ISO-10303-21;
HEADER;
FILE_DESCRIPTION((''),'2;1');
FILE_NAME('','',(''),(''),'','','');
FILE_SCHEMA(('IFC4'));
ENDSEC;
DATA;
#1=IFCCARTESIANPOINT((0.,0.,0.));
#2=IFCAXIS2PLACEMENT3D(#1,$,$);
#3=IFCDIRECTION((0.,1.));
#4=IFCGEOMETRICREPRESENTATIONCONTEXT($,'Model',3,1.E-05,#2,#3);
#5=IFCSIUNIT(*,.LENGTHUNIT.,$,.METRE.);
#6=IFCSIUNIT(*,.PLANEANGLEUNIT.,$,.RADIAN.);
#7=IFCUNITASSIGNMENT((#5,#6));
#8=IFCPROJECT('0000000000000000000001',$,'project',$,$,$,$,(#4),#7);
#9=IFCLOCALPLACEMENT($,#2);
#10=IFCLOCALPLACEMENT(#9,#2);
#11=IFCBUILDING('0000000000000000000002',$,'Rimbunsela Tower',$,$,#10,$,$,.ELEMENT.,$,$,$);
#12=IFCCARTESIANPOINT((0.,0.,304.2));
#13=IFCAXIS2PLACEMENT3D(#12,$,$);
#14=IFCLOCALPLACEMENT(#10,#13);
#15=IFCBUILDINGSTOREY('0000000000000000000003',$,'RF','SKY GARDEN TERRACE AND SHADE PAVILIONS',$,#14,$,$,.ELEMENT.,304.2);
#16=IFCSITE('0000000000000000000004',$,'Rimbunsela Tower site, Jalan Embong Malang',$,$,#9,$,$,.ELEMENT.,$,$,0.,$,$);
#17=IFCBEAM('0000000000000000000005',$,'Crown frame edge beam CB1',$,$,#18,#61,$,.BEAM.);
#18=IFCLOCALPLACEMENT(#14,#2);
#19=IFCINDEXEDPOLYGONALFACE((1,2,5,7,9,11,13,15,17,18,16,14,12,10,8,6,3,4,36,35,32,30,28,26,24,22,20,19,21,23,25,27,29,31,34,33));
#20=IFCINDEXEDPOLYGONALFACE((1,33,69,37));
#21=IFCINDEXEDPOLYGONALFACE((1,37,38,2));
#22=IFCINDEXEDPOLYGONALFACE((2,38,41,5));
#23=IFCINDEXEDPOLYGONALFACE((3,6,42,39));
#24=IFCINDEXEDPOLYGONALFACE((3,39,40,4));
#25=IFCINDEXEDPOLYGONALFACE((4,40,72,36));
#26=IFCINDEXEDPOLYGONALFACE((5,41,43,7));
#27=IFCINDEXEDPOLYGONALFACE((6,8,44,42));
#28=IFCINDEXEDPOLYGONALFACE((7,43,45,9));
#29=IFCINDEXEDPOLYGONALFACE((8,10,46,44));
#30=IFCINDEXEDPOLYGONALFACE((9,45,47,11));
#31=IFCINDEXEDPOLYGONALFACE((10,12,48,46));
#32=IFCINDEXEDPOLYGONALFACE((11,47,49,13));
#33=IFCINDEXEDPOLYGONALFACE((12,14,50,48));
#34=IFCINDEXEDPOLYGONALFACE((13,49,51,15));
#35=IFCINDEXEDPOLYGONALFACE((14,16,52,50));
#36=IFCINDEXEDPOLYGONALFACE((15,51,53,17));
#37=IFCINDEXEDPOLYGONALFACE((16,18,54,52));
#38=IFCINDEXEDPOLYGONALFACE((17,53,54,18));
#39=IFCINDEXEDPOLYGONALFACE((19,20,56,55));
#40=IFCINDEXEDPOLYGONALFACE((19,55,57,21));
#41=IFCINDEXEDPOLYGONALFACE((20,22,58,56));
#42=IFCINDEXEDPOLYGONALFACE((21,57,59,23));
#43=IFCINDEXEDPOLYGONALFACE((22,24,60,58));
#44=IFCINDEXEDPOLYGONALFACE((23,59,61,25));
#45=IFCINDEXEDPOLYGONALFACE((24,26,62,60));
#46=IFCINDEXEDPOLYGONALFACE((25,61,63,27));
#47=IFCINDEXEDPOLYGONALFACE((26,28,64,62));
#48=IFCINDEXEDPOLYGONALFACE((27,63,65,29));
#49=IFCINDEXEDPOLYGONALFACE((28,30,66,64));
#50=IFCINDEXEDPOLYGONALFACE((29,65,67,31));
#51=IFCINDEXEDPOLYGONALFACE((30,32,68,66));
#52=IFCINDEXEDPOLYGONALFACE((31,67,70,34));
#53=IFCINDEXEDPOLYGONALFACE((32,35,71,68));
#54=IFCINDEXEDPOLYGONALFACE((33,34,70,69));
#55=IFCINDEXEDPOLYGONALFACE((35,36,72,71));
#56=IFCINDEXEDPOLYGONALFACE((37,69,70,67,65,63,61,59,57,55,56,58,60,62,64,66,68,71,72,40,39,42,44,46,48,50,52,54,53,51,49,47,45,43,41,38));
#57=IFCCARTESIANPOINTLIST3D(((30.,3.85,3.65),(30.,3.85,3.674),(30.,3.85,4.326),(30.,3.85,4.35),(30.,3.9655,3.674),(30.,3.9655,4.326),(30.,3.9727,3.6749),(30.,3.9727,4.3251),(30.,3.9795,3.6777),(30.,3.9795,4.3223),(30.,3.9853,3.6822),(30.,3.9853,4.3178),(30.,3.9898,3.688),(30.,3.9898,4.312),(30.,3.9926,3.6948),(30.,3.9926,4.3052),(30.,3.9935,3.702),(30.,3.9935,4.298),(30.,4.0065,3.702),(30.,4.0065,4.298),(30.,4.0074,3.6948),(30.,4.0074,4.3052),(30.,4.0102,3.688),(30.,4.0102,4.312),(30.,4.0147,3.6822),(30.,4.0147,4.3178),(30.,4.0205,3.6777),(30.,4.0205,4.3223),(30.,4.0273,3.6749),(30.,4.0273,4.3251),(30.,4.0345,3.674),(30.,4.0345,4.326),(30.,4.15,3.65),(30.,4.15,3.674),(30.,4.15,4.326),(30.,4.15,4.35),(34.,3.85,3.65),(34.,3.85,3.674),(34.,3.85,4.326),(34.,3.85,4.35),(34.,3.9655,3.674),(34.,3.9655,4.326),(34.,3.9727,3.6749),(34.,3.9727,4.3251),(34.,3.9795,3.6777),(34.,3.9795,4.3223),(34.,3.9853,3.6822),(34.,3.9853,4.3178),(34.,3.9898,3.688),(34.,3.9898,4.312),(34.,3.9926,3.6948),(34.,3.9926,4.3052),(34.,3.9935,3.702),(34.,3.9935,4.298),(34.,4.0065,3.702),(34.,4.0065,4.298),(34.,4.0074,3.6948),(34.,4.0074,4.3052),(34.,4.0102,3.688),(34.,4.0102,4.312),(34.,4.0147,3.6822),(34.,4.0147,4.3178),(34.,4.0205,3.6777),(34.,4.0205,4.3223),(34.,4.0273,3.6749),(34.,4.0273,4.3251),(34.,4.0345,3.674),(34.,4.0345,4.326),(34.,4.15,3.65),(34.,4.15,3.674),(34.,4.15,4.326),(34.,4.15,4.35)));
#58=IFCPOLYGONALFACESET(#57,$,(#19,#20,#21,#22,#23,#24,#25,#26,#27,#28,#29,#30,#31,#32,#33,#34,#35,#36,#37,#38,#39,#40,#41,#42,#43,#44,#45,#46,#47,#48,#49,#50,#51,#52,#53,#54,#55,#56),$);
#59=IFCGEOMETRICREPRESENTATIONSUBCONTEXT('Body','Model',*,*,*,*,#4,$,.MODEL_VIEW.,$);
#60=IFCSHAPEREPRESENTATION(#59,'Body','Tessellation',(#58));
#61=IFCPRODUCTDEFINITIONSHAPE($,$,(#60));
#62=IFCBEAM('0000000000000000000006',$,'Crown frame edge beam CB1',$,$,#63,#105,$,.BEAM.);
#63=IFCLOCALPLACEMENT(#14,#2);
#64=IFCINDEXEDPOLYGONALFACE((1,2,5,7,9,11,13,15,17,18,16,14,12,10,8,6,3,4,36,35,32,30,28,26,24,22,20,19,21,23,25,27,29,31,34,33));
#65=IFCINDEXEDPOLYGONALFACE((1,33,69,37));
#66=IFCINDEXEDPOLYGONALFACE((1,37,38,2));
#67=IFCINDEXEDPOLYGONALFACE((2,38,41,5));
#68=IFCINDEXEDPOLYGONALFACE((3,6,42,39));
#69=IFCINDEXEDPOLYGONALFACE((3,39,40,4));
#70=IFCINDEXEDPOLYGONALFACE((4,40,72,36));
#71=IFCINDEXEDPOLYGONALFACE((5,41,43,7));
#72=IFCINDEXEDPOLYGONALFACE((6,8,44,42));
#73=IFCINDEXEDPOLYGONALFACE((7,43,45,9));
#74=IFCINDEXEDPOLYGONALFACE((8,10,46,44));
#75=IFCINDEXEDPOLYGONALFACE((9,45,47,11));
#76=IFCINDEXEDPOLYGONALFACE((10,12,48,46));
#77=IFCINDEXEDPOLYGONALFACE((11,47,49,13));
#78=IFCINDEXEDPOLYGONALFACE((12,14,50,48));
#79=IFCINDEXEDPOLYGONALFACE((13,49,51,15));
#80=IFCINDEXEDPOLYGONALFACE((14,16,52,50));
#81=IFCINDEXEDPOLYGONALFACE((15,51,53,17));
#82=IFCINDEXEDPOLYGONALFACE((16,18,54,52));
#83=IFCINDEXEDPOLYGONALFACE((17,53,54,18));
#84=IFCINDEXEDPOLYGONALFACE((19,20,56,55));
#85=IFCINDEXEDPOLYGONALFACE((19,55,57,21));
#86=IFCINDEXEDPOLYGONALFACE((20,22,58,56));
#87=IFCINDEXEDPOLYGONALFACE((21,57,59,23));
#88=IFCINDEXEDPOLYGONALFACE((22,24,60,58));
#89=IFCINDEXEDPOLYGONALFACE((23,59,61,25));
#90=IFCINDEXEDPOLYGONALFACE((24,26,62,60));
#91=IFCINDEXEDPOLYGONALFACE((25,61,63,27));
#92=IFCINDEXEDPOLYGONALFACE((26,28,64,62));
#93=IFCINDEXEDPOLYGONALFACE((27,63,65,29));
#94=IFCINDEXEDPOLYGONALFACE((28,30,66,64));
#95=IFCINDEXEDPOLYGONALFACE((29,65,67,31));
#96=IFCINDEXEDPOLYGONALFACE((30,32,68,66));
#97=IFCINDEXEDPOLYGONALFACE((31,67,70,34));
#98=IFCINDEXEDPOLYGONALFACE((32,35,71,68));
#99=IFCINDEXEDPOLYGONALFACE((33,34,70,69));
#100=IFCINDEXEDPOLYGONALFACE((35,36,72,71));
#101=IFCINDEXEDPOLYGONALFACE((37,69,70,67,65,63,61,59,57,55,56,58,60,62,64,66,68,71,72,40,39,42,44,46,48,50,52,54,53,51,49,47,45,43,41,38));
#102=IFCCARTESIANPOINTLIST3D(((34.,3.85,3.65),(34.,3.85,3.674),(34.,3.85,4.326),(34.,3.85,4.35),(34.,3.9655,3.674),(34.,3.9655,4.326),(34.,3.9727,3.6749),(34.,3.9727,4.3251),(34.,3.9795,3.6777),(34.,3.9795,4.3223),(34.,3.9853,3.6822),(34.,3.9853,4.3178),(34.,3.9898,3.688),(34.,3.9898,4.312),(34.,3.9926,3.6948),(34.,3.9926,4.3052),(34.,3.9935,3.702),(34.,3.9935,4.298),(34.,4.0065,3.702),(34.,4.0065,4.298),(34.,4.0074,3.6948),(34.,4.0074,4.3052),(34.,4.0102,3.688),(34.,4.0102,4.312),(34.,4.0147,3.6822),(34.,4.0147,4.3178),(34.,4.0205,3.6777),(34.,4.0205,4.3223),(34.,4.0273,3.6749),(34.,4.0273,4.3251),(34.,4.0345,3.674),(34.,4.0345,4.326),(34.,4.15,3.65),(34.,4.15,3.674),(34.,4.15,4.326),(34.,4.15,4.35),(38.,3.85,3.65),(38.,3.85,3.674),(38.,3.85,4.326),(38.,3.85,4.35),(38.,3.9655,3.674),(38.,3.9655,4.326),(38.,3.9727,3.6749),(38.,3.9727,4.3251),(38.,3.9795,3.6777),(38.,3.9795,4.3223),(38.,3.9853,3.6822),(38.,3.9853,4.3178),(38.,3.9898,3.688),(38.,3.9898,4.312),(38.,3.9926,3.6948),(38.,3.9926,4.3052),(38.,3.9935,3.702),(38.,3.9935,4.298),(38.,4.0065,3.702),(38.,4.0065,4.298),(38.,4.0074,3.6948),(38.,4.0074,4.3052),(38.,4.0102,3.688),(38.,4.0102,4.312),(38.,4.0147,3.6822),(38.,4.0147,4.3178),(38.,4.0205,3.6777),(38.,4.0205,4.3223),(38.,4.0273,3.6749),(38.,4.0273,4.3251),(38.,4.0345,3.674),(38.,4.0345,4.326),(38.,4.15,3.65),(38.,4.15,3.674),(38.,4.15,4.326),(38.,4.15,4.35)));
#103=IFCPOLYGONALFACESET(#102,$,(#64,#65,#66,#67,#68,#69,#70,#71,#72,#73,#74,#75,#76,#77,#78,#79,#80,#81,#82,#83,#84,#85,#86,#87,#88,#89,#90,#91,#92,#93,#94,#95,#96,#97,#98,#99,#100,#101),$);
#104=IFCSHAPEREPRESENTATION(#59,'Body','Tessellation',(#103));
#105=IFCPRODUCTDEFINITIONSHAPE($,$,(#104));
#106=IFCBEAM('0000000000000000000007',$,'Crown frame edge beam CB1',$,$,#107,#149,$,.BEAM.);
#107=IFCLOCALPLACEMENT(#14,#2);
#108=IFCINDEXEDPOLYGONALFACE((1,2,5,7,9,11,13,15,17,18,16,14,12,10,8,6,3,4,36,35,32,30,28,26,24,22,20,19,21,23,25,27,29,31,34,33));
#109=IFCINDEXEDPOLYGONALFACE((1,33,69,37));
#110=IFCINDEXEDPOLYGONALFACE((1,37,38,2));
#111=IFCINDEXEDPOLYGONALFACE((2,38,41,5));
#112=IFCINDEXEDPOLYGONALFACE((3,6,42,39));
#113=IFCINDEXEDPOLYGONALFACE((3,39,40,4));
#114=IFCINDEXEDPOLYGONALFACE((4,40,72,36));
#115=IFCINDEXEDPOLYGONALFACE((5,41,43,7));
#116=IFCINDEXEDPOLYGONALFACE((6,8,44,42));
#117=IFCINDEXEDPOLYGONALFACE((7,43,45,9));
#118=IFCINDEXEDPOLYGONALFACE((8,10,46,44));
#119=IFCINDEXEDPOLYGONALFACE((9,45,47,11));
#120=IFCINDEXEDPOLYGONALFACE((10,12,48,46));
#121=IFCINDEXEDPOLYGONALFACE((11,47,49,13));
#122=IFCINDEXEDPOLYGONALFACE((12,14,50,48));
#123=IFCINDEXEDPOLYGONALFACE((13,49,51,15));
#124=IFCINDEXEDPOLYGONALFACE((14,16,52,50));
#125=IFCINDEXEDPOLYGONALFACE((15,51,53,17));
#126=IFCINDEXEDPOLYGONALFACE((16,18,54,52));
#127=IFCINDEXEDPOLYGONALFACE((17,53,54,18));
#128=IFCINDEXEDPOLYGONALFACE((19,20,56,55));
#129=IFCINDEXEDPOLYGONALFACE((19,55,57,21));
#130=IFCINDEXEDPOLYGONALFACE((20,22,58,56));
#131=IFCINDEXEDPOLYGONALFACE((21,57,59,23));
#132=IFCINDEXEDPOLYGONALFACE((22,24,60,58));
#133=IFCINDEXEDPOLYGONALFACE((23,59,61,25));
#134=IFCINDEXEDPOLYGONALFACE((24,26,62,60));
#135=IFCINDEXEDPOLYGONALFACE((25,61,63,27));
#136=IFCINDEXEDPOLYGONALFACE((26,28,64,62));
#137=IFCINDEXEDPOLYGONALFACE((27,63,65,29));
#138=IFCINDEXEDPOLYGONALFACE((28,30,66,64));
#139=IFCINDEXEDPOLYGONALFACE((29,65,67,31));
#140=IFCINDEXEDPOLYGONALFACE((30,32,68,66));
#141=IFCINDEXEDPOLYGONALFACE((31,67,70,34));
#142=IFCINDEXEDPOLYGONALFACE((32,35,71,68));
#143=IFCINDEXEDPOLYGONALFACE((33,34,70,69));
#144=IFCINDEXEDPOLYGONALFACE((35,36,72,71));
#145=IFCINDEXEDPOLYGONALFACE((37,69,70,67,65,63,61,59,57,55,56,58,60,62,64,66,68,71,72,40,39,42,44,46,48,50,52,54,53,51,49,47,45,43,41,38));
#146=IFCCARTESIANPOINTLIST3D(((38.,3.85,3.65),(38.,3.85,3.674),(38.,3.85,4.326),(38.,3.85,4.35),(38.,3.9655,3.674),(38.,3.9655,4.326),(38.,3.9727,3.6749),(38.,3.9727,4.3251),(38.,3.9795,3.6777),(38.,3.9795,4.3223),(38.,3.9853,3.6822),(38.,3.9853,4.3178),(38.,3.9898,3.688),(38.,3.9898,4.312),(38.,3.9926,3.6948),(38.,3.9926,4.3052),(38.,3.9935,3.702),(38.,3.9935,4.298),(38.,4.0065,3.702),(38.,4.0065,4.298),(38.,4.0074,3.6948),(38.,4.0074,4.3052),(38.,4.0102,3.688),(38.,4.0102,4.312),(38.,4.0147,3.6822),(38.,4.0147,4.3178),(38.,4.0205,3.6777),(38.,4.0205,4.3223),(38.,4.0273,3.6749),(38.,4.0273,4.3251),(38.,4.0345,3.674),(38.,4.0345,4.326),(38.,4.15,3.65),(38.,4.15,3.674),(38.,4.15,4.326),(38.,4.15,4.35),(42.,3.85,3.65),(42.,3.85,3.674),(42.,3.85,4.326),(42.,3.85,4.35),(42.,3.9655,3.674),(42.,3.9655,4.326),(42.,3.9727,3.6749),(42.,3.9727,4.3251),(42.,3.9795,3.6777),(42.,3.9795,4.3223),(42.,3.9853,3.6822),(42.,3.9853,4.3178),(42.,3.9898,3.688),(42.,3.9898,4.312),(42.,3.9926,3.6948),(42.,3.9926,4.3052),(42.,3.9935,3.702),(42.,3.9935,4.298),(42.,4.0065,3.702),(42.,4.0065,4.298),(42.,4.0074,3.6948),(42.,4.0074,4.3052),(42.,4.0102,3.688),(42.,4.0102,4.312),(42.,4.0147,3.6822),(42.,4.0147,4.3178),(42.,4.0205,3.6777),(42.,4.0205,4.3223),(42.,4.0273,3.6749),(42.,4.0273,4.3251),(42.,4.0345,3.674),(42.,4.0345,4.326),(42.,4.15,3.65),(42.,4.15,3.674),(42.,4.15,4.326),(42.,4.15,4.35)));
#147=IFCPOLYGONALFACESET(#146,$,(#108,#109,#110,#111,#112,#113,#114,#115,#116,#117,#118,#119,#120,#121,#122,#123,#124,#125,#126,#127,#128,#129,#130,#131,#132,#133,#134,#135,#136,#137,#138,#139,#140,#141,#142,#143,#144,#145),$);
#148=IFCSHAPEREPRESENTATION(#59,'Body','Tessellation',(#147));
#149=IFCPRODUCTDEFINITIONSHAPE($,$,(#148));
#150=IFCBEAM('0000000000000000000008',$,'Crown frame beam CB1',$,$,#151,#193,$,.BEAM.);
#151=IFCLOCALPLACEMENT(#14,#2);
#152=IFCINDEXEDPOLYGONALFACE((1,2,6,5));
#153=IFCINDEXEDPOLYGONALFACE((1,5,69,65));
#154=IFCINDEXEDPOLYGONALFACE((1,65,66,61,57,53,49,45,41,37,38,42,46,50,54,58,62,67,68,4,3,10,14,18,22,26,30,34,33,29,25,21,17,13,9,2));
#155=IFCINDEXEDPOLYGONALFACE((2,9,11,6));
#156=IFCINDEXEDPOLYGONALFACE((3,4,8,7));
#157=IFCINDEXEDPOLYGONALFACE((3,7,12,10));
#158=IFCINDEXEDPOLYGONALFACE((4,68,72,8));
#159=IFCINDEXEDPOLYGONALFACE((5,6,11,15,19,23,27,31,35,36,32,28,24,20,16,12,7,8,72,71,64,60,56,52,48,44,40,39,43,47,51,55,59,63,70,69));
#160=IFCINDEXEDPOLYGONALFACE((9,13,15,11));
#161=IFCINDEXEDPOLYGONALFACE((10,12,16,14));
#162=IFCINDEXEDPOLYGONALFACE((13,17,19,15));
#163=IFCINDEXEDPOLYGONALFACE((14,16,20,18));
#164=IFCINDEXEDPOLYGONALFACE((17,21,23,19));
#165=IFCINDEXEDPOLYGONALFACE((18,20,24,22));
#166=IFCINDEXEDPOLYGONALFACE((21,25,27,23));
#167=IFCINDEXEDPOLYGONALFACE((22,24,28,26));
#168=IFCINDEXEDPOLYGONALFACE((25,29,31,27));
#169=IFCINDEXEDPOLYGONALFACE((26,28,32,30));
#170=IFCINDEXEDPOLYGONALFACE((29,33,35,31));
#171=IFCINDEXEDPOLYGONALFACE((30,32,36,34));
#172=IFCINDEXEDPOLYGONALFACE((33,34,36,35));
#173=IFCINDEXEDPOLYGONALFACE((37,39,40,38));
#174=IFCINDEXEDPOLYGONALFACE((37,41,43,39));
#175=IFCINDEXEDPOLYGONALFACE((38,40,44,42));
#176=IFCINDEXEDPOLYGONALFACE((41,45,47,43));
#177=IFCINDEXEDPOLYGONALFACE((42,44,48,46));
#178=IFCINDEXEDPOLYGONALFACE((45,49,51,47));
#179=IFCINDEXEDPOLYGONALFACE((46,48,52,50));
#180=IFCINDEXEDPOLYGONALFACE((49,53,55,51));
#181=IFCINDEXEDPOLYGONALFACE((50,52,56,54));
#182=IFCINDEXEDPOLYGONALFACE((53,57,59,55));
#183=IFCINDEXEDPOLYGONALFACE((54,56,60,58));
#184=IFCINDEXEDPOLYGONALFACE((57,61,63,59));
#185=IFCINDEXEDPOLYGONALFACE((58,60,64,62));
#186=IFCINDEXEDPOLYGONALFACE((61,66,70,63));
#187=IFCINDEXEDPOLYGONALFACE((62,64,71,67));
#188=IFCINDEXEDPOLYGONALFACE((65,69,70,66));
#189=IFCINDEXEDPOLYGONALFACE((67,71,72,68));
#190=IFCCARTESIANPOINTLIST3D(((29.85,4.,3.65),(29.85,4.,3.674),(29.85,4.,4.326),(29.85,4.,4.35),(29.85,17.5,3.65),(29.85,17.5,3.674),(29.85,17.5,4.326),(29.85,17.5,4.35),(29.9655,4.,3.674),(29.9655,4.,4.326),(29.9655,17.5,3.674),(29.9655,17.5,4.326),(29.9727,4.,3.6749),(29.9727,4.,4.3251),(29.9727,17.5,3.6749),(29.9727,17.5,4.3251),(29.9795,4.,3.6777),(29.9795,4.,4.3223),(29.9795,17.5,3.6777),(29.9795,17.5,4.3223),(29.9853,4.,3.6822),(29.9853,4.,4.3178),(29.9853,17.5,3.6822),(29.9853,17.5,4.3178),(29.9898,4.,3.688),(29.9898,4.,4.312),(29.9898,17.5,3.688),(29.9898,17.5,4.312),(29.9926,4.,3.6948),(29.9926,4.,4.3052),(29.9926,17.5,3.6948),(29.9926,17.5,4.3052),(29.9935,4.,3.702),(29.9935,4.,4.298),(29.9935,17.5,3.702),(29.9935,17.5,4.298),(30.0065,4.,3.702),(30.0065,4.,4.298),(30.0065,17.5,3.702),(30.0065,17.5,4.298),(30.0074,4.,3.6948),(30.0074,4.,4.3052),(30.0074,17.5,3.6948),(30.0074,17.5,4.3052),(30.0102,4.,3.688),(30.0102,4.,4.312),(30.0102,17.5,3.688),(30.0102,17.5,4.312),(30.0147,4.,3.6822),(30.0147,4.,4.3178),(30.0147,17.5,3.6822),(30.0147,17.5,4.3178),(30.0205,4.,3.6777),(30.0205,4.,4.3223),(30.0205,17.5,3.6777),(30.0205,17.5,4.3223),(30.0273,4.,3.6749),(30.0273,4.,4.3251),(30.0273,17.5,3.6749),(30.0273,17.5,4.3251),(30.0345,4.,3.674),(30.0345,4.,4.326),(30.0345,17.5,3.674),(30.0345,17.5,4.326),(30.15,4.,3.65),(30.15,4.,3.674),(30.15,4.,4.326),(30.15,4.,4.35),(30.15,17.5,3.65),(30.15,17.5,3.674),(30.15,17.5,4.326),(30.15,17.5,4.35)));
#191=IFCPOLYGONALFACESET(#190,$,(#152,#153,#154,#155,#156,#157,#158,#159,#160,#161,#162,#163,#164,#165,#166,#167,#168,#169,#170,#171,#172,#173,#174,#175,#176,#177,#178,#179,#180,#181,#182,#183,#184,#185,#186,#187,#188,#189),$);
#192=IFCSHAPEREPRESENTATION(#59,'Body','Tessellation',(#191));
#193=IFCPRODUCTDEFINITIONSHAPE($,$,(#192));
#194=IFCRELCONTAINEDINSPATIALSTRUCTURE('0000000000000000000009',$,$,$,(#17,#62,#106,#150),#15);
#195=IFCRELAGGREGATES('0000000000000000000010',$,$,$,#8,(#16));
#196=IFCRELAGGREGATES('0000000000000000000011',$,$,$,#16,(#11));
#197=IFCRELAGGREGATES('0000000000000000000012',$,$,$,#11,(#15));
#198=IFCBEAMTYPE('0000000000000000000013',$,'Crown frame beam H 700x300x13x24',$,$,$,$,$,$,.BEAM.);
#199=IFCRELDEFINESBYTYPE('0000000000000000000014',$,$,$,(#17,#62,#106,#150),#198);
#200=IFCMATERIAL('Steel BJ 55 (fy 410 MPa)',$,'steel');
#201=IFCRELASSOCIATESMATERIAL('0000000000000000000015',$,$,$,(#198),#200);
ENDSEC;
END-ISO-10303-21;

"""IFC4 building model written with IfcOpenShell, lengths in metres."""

from ifc_helpers import new_model, si_unit, direction, frame, origin, origin_2d, place, context, subcontext, project, spatial, i_section, extrude, material, material_profile, profile_set, type_object, element, save


model = new_model("IFC4")

# Units and contexts
model_context = context("Model", 3, precision=1e-05, world=origin(), true_north=direction((0.0, 1.0)))
body_context = subcontext(model_context, "Body", "Model", "MODEL_VIEW")
ifc_project = project(units=[si_unit("LENGTHUNIT", "METRE"), si_unit("PLANEANGLEUNIT", "RADIAN")], contexts=[model_context])

# Site, building, storey
site_placement = place(None, origin())
site = spatial("IfcSite", under=ifc_project, at=site_placement, Name="Rimbunsela Tower site, Jalan Embong Malang", CompositionType="ELEMENT", RefElevation=0.0)
building_placement = place(site_placement, origin())
building = spatial("IfcBuilding", under=site, at=building_placement, Name="Rimbunsela Tower", CompositionType="ELEMENT")
storey_placement = place(building_placement, frame((0.0, 0.0, 304.2)))
storey = spatial("IfcBuildingStorey", under=building, at=storey_placement, Name="RF", Description="SKY GARDEN TERRACE AND SHADE PAVILIONS", CompositionType="ELEMENT", Elevation=304.2)

# Beams
ifc_material_1 = material(Name="Steel BJ 55 (fy 410 MPa)", Category="steel")
ifc_material_profile_1 = material_profile(ifc_material_1, i_section(OverallWidth=0.3, OverallDepth=0.7, WebThickness=0.0129, FlangeThickness=0.0239, FilletRadius=0.0281, at=origin_2d()), Name="H 700x300x13x24")
ifc_profile_set_1 = profile_set([ifc_material_profile_1], Name="Steel BJ 55 (fy 410 MPa)")
beam_type_1 = type_object("IfcBeamType", Name="Crown frame beam H 700x300x13x24", PredefinedType="BEAM", material=ifc_profile_set_1)
for number, where, z_axis, x_axis, name in (
    (1, (30.0, 4.0, 4.0), (1.0, 0.0, 0.0), (0.0, 1.0, 0.0), "Crown frame edge beam CB1"),
    (2, (34.0, 4.0, 4.0), (1.0, 0.0, 0.0), (0.0, 1.0, 0.0), "Crown frame edge beam CB1"),
    (3, (38.0, 4.0, 4.0), (1.0, 0.0, 0.0), (0.0, 1.0, 0.0), "Crown frame edge beam CB1"),
):
    element("IfcBeam", number, at=place(storey_placement, frame(where, z_axis=z_axis, x_axis=x_axis)), inside=storey, type_object=beam_type_1, Name=name, PredefinedType="BEAM", context=body_context, shape_type="SweptSolid", body=[
        extrude(i_section(OverallWidth=0.3, OverallDepth=0.7, WebThickness=0.0129, FlangeThickness=0.0239, FilletRadius=0.0281, at=origin_2d()), origin(), (0.0, 0.0, 1.0), 4.0),
    ])
for number, where, z_axis, x_axis, name in (
    (4, (30.0, 4.0, 4.0), (0.0, 1.0, 0.0), (-1.0, 0.0, 0.0), "Crown frame beam CB1"),
):
    element("IfcBeam", number, at=place(storey_placement, frame(where, z_axis=z_axis, x_axis=x_axis)), inside=storey, type_object=beam_type_1, Name=name, PredefinedType="BEAM", context=body_context, shape_type="SweptSolid", body=[
        extrude(i_section(OverallWidth=0.3, OverallDepth=0.7, WebThickness=0.0129, FlangeThickness=0.0239, FilletRadius=0.0281, at=origin_2d()), origin(), (0.0, 0.0, 1.0), 13.5),
    ])

save(model, "model.ifc")
